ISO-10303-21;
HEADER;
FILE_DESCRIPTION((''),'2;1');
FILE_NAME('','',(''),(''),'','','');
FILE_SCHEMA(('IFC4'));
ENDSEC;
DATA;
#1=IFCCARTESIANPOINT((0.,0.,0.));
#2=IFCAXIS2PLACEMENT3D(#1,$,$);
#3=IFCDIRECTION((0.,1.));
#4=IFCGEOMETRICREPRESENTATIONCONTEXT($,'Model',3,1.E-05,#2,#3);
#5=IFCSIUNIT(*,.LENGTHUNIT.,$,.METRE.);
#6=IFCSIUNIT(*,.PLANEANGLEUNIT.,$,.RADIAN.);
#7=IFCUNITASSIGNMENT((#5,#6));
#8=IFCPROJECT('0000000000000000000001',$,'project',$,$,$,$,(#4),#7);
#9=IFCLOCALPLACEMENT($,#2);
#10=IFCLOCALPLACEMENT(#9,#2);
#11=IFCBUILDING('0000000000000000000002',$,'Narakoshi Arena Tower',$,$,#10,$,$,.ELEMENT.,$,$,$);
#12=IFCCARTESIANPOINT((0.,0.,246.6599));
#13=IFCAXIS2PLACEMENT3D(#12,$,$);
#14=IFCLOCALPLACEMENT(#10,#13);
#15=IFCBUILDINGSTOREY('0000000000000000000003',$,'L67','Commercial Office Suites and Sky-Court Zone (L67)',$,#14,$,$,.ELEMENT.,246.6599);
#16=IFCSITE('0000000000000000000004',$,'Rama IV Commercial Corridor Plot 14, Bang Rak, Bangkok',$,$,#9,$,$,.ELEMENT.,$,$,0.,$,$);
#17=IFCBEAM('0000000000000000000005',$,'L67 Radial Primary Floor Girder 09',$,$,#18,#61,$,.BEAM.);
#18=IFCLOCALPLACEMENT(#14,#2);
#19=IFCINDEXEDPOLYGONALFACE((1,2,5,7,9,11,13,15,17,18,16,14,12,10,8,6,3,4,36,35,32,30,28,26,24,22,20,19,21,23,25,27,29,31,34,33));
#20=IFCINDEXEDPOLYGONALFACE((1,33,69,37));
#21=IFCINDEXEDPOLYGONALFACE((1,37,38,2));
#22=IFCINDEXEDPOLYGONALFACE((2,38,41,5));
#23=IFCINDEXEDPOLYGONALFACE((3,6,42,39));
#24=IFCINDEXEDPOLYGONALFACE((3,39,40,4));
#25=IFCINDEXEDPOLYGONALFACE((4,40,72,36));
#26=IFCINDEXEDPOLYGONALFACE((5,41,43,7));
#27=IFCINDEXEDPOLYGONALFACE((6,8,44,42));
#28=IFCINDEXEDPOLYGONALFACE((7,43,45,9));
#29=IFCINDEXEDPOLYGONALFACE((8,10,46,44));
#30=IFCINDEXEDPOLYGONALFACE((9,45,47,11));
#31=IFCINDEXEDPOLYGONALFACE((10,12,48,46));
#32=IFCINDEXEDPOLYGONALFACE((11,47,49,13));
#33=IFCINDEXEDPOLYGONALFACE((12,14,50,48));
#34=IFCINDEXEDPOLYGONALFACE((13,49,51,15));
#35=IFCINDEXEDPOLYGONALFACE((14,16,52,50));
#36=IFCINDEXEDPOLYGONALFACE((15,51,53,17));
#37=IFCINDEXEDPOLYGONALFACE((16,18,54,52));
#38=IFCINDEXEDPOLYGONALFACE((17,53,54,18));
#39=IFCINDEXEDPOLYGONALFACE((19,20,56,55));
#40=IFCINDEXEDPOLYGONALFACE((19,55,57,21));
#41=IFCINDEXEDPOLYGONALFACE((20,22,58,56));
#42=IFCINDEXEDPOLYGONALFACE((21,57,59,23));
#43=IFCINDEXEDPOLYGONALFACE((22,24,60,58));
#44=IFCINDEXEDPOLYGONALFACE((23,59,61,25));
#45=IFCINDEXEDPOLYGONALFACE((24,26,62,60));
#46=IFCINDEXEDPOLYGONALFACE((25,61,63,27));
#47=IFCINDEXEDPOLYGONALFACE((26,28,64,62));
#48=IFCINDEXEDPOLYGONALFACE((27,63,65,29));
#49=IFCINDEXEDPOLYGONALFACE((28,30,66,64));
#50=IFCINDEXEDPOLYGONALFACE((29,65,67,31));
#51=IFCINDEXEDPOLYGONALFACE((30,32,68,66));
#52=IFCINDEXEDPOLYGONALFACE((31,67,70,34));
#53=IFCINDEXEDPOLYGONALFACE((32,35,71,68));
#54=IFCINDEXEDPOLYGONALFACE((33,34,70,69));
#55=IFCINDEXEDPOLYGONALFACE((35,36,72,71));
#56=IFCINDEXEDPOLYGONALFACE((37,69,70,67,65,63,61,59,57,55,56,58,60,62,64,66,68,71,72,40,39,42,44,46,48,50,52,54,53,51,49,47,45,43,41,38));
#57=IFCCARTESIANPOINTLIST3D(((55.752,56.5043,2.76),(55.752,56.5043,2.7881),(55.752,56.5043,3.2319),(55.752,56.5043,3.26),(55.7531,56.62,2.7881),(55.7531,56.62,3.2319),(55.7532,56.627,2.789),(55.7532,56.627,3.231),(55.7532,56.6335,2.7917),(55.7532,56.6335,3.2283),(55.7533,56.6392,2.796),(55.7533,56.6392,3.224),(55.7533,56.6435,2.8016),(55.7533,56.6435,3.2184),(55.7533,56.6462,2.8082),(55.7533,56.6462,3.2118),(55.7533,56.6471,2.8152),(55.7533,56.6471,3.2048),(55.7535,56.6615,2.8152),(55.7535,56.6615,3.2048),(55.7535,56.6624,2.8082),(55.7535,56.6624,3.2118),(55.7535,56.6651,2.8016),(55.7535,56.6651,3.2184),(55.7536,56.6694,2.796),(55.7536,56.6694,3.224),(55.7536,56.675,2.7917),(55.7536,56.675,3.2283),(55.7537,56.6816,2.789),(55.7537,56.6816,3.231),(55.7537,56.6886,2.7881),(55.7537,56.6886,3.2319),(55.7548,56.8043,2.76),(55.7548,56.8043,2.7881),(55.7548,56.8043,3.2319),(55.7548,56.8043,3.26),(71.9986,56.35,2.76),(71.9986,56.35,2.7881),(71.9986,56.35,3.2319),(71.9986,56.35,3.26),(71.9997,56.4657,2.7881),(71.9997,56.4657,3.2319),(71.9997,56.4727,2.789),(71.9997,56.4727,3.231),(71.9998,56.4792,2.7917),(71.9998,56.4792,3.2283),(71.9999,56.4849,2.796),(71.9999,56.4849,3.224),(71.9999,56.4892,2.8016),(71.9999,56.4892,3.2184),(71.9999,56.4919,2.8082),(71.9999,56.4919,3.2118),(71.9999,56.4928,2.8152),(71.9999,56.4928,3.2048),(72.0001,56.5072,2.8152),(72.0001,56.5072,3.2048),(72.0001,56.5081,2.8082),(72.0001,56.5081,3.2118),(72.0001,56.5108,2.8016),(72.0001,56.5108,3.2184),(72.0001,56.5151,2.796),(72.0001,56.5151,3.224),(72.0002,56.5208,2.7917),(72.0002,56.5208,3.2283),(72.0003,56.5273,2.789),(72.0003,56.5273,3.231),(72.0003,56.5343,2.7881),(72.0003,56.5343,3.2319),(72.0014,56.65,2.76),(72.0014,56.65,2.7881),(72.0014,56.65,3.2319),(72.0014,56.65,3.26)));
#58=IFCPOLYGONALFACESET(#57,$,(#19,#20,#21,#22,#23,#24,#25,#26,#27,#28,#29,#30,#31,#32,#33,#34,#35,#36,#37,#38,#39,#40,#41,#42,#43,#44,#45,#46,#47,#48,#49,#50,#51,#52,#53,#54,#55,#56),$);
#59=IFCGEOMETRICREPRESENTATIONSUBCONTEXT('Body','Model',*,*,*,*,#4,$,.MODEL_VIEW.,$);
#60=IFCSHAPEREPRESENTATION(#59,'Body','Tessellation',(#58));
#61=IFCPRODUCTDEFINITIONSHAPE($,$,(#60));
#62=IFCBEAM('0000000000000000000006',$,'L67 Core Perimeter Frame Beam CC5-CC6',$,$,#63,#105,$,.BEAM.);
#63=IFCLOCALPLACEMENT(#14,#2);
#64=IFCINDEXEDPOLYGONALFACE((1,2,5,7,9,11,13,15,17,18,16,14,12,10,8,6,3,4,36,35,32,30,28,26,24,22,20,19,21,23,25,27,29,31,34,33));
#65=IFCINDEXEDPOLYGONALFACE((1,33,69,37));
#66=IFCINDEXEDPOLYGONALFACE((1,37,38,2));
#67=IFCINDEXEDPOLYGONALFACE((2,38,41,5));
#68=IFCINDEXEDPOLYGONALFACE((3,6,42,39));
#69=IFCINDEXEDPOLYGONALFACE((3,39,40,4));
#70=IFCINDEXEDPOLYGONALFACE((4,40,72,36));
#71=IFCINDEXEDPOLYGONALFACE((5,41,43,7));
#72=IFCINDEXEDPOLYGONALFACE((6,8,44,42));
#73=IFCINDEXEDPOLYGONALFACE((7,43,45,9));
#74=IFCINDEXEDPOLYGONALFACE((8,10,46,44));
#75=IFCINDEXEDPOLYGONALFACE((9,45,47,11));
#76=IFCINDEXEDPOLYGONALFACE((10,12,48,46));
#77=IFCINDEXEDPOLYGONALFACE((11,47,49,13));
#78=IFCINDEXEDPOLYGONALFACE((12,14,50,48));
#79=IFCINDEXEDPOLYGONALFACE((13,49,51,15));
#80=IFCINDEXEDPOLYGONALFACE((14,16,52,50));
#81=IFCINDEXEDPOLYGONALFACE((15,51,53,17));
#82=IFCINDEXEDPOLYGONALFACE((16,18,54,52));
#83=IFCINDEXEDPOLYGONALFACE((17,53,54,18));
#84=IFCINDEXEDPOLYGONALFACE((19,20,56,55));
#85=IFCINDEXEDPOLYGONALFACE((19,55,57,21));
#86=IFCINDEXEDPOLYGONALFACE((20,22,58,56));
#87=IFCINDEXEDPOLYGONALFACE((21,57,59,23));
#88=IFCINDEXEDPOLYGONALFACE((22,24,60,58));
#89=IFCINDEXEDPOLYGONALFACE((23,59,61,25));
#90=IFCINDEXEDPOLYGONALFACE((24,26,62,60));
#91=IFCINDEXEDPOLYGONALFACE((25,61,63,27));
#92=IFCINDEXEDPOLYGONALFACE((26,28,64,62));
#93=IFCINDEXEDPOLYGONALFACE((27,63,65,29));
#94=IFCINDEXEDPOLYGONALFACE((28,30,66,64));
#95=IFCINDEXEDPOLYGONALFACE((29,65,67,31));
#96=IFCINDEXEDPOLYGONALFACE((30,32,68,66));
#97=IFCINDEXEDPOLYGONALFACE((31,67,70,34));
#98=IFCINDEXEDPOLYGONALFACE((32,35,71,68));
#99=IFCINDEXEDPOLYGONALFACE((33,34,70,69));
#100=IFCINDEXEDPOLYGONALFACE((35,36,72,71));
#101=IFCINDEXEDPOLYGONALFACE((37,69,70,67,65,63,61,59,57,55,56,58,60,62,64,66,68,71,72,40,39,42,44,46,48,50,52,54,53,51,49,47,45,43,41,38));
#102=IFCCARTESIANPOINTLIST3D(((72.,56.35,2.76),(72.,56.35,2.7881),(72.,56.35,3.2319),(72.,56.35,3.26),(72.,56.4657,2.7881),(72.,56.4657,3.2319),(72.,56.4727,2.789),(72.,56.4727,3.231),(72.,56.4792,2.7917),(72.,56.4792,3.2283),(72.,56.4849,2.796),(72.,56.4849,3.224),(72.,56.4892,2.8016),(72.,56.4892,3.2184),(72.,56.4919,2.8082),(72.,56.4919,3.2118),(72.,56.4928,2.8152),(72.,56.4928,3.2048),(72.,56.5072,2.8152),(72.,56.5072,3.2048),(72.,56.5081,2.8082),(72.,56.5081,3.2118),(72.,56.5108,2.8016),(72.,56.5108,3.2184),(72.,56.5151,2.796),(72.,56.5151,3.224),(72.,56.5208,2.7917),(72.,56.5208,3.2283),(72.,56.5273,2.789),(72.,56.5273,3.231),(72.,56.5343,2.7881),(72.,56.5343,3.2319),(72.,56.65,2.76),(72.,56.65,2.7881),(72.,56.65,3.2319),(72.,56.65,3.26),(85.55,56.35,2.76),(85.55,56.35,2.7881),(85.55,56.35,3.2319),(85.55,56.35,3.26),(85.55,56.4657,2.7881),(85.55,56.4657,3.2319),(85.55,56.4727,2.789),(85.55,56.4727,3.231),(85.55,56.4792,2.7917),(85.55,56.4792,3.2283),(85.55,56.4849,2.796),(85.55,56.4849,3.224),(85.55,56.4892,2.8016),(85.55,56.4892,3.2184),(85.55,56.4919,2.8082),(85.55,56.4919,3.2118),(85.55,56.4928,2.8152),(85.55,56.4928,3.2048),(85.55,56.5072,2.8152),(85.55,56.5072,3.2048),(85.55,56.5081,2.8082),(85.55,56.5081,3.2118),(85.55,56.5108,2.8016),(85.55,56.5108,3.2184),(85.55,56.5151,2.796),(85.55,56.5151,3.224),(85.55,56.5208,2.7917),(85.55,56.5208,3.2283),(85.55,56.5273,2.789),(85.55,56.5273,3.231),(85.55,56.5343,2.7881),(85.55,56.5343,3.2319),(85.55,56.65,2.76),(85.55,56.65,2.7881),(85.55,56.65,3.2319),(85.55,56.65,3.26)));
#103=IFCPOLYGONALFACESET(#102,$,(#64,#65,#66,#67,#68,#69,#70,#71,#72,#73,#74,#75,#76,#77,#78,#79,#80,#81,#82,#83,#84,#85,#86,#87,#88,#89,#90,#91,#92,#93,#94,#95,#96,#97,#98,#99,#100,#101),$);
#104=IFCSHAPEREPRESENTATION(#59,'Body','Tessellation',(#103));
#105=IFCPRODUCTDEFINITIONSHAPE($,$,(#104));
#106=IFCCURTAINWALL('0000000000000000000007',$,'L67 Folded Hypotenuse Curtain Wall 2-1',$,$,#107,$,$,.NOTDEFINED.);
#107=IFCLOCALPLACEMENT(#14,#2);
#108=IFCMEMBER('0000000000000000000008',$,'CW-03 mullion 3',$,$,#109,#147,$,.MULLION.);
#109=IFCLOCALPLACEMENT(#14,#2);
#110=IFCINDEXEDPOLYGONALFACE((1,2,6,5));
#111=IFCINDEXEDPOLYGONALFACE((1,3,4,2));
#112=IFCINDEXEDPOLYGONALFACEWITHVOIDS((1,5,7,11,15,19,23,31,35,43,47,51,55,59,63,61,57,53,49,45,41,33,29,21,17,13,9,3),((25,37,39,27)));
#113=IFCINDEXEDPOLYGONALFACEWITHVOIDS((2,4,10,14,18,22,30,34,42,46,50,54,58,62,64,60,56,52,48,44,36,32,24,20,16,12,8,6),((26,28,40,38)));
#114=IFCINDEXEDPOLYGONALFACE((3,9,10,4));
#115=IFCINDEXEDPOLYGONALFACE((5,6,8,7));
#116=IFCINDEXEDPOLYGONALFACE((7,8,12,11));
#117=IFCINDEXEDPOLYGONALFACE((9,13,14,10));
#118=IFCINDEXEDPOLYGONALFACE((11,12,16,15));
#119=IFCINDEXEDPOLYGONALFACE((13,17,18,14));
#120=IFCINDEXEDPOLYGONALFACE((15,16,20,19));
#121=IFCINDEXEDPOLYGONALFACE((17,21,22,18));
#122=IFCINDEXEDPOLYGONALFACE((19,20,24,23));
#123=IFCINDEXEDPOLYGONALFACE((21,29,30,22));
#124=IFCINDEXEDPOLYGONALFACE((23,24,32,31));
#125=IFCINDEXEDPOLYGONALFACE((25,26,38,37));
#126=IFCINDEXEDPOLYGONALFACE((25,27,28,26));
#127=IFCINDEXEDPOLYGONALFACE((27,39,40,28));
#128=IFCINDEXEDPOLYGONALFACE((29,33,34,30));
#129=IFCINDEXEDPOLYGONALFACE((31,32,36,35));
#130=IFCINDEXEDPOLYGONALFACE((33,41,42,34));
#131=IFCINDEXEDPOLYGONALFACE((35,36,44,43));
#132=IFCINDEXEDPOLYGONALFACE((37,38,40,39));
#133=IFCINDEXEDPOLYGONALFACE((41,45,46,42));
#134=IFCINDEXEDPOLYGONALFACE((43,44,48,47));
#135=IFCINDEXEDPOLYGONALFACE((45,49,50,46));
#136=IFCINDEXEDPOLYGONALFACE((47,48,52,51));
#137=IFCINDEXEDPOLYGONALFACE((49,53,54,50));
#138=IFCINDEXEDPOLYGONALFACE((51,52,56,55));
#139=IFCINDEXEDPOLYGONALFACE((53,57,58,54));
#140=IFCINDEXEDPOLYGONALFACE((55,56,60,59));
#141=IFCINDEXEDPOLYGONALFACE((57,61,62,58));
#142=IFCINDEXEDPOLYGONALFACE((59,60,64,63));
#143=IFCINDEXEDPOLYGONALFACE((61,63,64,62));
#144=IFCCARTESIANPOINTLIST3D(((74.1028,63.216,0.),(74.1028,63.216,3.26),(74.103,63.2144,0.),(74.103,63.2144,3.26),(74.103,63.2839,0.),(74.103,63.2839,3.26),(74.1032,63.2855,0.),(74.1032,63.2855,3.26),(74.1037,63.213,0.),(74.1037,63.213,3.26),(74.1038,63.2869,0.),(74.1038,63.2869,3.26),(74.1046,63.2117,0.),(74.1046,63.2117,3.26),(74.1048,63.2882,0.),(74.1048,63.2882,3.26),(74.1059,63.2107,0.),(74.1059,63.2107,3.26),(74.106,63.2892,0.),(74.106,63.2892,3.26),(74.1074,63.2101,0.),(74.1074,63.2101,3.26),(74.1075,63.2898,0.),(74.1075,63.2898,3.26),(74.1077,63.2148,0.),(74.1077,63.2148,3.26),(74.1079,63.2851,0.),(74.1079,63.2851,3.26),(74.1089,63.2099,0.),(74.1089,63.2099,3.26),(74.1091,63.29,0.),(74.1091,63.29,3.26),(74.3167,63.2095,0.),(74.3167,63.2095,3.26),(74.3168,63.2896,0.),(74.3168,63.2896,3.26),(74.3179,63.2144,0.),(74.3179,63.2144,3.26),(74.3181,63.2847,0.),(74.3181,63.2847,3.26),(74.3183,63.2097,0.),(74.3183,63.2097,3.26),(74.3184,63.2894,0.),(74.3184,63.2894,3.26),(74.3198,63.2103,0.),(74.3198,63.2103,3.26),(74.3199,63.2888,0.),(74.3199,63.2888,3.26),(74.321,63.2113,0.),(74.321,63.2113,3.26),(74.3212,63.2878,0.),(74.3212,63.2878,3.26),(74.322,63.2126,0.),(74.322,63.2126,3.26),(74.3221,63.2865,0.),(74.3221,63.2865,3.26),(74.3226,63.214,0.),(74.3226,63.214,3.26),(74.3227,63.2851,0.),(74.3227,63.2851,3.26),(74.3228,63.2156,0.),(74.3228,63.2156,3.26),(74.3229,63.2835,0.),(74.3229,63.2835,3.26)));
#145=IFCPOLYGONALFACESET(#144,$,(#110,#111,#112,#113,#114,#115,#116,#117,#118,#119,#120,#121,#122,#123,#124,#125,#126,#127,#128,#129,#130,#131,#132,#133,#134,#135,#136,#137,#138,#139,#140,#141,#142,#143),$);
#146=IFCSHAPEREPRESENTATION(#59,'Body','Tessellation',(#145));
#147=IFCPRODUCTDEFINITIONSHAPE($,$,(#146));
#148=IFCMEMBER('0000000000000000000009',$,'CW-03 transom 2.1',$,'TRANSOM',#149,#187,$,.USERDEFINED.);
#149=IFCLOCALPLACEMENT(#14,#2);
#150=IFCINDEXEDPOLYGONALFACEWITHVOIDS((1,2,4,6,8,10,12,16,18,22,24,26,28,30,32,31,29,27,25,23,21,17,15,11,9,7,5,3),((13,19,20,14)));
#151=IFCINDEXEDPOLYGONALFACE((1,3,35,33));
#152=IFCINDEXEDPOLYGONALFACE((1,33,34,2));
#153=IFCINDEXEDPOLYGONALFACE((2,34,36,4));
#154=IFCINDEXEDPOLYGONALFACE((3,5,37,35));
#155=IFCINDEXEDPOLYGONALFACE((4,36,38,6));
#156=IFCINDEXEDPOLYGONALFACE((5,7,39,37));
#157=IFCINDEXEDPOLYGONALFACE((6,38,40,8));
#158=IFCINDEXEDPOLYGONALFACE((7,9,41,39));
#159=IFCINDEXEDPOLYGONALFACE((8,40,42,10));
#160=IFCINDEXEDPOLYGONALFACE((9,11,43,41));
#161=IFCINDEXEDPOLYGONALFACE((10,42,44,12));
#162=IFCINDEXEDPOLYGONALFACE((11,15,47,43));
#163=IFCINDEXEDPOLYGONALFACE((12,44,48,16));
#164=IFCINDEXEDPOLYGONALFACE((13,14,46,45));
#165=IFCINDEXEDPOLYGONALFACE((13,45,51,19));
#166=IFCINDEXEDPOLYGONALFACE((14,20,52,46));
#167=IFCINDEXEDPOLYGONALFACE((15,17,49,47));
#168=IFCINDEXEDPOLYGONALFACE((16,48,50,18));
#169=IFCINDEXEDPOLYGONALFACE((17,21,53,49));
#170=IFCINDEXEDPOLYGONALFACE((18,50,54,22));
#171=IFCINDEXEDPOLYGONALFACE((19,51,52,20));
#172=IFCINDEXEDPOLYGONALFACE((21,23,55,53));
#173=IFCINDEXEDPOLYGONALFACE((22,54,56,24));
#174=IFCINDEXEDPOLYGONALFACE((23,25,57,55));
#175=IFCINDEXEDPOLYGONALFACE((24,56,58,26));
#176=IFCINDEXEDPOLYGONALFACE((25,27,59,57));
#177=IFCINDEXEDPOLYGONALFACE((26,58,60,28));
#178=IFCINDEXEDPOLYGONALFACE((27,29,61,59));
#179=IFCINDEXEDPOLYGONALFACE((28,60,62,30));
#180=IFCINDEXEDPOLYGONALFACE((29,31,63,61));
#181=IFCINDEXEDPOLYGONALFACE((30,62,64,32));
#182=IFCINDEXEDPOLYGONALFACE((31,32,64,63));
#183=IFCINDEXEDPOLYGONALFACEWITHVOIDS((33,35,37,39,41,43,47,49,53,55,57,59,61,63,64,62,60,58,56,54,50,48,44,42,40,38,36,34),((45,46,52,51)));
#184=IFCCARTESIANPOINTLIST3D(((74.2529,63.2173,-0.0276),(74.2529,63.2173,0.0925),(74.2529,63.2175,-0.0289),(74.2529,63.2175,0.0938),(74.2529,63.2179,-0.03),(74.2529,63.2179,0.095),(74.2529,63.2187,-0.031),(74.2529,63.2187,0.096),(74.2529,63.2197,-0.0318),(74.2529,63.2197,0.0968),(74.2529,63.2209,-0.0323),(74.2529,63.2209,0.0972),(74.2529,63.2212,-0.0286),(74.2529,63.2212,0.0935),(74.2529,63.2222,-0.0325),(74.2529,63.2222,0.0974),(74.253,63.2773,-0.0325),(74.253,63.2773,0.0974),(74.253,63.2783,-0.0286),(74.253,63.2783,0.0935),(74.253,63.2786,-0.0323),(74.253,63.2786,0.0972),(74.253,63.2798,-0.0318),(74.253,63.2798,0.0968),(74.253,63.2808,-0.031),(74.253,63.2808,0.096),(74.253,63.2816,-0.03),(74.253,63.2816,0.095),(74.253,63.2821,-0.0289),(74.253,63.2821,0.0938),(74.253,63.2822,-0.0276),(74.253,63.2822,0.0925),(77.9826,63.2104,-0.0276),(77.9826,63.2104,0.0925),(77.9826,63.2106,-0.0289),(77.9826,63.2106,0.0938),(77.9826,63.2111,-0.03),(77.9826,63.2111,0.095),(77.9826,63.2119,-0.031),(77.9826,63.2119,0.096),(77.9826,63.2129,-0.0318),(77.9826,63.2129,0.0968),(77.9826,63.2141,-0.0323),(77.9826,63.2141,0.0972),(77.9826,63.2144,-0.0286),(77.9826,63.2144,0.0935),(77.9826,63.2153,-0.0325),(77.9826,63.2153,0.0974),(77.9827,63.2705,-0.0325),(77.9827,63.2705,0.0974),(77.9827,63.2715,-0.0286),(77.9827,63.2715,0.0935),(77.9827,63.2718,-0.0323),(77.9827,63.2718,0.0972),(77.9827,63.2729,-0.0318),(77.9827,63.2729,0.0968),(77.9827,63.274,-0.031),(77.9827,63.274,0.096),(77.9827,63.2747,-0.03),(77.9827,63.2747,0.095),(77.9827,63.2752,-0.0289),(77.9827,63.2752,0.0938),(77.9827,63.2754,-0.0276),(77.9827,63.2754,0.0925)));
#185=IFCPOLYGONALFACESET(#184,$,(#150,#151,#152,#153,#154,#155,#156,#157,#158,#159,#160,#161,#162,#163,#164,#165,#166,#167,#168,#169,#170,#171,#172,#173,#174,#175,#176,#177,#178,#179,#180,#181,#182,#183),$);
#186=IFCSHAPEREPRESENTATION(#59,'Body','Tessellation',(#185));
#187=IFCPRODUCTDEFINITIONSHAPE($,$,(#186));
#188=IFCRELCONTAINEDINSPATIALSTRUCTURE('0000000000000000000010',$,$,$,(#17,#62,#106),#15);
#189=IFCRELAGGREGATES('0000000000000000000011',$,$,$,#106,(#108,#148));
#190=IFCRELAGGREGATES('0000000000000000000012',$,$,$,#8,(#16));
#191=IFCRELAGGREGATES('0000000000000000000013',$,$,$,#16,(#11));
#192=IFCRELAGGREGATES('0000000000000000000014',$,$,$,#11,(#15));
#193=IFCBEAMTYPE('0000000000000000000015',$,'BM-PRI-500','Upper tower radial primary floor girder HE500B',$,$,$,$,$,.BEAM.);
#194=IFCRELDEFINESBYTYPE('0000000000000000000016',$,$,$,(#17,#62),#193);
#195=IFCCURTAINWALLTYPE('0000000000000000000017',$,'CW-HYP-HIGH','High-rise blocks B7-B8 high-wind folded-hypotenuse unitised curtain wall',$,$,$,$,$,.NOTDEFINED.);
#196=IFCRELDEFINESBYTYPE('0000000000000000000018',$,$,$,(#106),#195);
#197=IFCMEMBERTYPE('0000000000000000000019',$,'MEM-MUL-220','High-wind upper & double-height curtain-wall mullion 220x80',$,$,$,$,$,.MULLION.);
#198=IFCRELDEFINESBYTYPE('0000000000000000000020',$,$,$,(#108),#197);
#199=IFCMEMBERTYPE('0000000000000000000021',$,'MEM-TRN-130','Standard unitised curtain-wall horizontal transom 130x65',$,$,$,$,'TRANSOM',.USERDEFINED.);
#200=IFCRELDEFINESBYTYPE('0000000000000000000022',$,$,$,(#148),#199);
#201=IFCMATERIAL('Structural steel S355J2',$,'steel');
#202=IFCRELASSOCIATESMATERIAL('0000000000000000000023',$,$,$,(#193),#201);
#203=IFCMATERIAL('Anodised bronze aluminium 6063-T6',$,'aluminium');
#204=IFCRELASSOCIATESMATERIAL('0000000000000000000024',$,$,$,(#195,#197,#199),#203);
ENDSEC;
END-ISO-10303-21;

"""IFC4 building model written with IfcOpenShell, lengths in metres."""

from ifc_helpers import new_model, si_unit, direction, frame, origin, origin_2d, place, context, subcontext, project, spatial, hollow_rectangle, i_section, extrude, material, material_profile, profile_set, type_object, element, aggregate, save


model = new_model("IFC4")

# Units and contexts
model_context = context("Model", 3, precision=1e-05, world=origin(), true_north=direction((0.0, 1.0)))
body_context = subcontext(model_context, "Body", "Model", "MODEL_VIEW")
ifc_project = project(units=[si_unit("LENGTHUNIT", "METRE"), si_unit("PLANEANGLEUNIT", "RADIAN")], contexts=[model_context])

# Site, building, storey
site_placement = place(None, origin())
site = spatial("IfcSite", under=ifc_project, at=site_placement, Name="Rama IV Commercial Corridor Plot 14, Bang Rak, Bangkok", CompositionType="ELEMENT", RefElevation=0.0)
building_placement = place(site_placement, origin())
building = spatial("IfcBuilding", under=site, at=building_placement, Name="Narakoshi Arena Tower", CompositionType="ELEMENT")
storey_placement = place(building_placement, frame((0.0, 0.0, 246.6599)))
storey = spatial("IfcBuildingStorey", under=building, at=storey_placement, Name="L67", Description="Commercial Office Suites and Sky-Court Zone (L67)", CompositionType="ELEMENT", Elevation=246.6599)

# Beams
ifc_material_1 = material(Name="Structural steel S355J2", Category="steel")
ifc_material_profile_1 = material_profile(ifc_material_1, i_section(OverallWidth=0.3, OverallDepth=0.5, WebThickness=0.0144, FlangeThickness=0.0281, FilletRadius=0.0271, at=origin_2d()), Name="HE500B")
ifc_profile_set_1 = profile_set([ifc_material_profile_1], Name="Structural steel S355J2")
beam_type = type_object("IfcBeamType", Name="BM-PRI-500", Description="Upper tower radial primary floor girder HE500B", PredefinedType="BEAM", material=ifc_profile_set_1)
beam_1_placement = place(storey_placement, frame((72.0, 56.5, 3.01), z_axis=(-0.999955, 0.009497, 0.0), x_axis=(-0.009497, -0.999955, 0.0)))
element("IfcBeam", 1, at=beam_1_placement, inside=storey, type_object=beam_type, Name="L67 Radial Primary Floor Girder 09", PredefinedType="BEAM", context=body_context, shape_type="SweptSolid", body=[
    extrude(i_section(OverallWidth=0.3, OverallDepth=0.5, WebThickness=0.0144, FlangeThickness=0.0281, FilletRadius=0.0271, at=origin_2d()), origin(), (0.0, 0.0, 1.0), 16.2473),
])
beam_2_placement = place(storey_placement, frame((72.0, 56.5, 3.01), z_axis=(1.0, 0.0, 0.0), x_axis=(0.0, 1.0, 0.0)))
element("IfcBeam", 2, at=beam_2_placement, inside=storey, type_object=beam_type, Name="L67 Core Perimeter Frame Beam CC5-CC6", PredefinedType="BEAM", context=body_context, shape_type="SweptSolid", body=[
    extrude(i_section(OverallWidth=0.3, OverallDepth=0.5, WebThickness=0.0144, FlangeThickness=0.0281, FilletRadius=0.0271, at=origin_2d()), origin(), (0.0, 0.0, 1.0), 13.55),
])

# Curtain wall, members
ifc_material_2 = material(Name="Anodised bronze aluminium 6063-T6", Category="aluminium")
curtain_wall_type = type_object("IfcCurtainWallType", Name="CW-HYP-HIGH", Description="High-rise blocks B7-B8 high-wind folded-hypotenuse unitised curtain wall", PredefinedType="NOTDEFINED", material=ifc_material_2)
curtain_wall_placement = place(storey_placement, origin())
curtain_wall = element("IfcCurtainWall", 3, at=curtain_wall_placement, inside=storey, type_object=curtain_wall_type, Name="L67 Folded Hypotenuse Curtain Wall 2-1", PredefinedType="NOTDEFINED")
ifc_material_profile_2 = material_profile(ifc_material_2, hollow_rectangle(XDim=0.0801, YDim=0.22, WallThickness=0.0049, OuterFilletRadius=0.0061, at=origin_2d()), Name="MUL220x80x5")
ifc_profile_set_2 = profile_set([ifc_material_profile_2], Name="Anodised bronze aluminium 6063-T6")
member_type_1 = type_object("IfcMemberType", Name="MEM-MUL-220", Description="High-wind upper & double-height curtain-wall mullion 220x80", PredefinedType="MULLION", material=ifc_profile_set_2)
member_1_placement = place(storey_placement, frame((74.2129, 63.2498, 0.0), z_axis=(0.0, 0.0, 1.0), x_axis=(-0.00182, -0.999998, 0.0)))
member_1 = element("IfcMember", 4, at=member_1_placement, type_object=member_type_1, Name="CW-03 mullion 3", PredefinedType="MULLION", context=body_context, shape_type="SweptSolid", body=[
    extrude(hollow_rectangle(XDim=0.0801, YDim=0.22, WallThickness=0.0049, OuterFilletRadius=0.0061, at=origin_2d()), origin(), (0.0, 0.0, 1.0), 3.26),
])
ifc_material_profile_3 = material_profile(ifc_material_2, hollow_rectangle(XDim=0.0649, YDim=0.1299, WallThickness=0.0039, OuterFilletRadius=0.0049, at=origin_2d()), Name="TRN130x65x4")
ifc_profile_set_3 = profile_set([ifc_material_profile_3], Name="Anodised bronze aluminium 6063-T6")
member_type_2 = type_object("IfcMemberType", Name="MEM-TRN-130", Description="Standard unitised curtain-wall horizontal transom 130x65", ElementType="TRANSOM", PredefinedType="USERDEFINED", material=ifc_profile_set_3)
member_2_placement = place(storey_placement, frame((77.9827, 63.2429, 0.0325), z_axis=(-0.999998, 0.001833, 0.0), x_axis=(-0.001833, -0.999998, 0.0)))
member_2 = element("IfcMember", 5, at=member_2_placement, type_object=member_type_2, Name="CW-03 transom 2.1", ObjectType="TRANSOM", PredefinedType="USERDEFINED", context=body_context, shape_type="SweptSolid", body=[
    extrude(hollow_rectangle(XDim=0.0649, YDim=0.1299, WallThickness=0.0039, OuterFilletRadius=0.0049, at=origin_2d()), origin(), (0.0, 0.0, 1.0), 3.7297),
])
aggregate(curtain_wall, [member_1, member_2])

save(model, "model.ifc")
